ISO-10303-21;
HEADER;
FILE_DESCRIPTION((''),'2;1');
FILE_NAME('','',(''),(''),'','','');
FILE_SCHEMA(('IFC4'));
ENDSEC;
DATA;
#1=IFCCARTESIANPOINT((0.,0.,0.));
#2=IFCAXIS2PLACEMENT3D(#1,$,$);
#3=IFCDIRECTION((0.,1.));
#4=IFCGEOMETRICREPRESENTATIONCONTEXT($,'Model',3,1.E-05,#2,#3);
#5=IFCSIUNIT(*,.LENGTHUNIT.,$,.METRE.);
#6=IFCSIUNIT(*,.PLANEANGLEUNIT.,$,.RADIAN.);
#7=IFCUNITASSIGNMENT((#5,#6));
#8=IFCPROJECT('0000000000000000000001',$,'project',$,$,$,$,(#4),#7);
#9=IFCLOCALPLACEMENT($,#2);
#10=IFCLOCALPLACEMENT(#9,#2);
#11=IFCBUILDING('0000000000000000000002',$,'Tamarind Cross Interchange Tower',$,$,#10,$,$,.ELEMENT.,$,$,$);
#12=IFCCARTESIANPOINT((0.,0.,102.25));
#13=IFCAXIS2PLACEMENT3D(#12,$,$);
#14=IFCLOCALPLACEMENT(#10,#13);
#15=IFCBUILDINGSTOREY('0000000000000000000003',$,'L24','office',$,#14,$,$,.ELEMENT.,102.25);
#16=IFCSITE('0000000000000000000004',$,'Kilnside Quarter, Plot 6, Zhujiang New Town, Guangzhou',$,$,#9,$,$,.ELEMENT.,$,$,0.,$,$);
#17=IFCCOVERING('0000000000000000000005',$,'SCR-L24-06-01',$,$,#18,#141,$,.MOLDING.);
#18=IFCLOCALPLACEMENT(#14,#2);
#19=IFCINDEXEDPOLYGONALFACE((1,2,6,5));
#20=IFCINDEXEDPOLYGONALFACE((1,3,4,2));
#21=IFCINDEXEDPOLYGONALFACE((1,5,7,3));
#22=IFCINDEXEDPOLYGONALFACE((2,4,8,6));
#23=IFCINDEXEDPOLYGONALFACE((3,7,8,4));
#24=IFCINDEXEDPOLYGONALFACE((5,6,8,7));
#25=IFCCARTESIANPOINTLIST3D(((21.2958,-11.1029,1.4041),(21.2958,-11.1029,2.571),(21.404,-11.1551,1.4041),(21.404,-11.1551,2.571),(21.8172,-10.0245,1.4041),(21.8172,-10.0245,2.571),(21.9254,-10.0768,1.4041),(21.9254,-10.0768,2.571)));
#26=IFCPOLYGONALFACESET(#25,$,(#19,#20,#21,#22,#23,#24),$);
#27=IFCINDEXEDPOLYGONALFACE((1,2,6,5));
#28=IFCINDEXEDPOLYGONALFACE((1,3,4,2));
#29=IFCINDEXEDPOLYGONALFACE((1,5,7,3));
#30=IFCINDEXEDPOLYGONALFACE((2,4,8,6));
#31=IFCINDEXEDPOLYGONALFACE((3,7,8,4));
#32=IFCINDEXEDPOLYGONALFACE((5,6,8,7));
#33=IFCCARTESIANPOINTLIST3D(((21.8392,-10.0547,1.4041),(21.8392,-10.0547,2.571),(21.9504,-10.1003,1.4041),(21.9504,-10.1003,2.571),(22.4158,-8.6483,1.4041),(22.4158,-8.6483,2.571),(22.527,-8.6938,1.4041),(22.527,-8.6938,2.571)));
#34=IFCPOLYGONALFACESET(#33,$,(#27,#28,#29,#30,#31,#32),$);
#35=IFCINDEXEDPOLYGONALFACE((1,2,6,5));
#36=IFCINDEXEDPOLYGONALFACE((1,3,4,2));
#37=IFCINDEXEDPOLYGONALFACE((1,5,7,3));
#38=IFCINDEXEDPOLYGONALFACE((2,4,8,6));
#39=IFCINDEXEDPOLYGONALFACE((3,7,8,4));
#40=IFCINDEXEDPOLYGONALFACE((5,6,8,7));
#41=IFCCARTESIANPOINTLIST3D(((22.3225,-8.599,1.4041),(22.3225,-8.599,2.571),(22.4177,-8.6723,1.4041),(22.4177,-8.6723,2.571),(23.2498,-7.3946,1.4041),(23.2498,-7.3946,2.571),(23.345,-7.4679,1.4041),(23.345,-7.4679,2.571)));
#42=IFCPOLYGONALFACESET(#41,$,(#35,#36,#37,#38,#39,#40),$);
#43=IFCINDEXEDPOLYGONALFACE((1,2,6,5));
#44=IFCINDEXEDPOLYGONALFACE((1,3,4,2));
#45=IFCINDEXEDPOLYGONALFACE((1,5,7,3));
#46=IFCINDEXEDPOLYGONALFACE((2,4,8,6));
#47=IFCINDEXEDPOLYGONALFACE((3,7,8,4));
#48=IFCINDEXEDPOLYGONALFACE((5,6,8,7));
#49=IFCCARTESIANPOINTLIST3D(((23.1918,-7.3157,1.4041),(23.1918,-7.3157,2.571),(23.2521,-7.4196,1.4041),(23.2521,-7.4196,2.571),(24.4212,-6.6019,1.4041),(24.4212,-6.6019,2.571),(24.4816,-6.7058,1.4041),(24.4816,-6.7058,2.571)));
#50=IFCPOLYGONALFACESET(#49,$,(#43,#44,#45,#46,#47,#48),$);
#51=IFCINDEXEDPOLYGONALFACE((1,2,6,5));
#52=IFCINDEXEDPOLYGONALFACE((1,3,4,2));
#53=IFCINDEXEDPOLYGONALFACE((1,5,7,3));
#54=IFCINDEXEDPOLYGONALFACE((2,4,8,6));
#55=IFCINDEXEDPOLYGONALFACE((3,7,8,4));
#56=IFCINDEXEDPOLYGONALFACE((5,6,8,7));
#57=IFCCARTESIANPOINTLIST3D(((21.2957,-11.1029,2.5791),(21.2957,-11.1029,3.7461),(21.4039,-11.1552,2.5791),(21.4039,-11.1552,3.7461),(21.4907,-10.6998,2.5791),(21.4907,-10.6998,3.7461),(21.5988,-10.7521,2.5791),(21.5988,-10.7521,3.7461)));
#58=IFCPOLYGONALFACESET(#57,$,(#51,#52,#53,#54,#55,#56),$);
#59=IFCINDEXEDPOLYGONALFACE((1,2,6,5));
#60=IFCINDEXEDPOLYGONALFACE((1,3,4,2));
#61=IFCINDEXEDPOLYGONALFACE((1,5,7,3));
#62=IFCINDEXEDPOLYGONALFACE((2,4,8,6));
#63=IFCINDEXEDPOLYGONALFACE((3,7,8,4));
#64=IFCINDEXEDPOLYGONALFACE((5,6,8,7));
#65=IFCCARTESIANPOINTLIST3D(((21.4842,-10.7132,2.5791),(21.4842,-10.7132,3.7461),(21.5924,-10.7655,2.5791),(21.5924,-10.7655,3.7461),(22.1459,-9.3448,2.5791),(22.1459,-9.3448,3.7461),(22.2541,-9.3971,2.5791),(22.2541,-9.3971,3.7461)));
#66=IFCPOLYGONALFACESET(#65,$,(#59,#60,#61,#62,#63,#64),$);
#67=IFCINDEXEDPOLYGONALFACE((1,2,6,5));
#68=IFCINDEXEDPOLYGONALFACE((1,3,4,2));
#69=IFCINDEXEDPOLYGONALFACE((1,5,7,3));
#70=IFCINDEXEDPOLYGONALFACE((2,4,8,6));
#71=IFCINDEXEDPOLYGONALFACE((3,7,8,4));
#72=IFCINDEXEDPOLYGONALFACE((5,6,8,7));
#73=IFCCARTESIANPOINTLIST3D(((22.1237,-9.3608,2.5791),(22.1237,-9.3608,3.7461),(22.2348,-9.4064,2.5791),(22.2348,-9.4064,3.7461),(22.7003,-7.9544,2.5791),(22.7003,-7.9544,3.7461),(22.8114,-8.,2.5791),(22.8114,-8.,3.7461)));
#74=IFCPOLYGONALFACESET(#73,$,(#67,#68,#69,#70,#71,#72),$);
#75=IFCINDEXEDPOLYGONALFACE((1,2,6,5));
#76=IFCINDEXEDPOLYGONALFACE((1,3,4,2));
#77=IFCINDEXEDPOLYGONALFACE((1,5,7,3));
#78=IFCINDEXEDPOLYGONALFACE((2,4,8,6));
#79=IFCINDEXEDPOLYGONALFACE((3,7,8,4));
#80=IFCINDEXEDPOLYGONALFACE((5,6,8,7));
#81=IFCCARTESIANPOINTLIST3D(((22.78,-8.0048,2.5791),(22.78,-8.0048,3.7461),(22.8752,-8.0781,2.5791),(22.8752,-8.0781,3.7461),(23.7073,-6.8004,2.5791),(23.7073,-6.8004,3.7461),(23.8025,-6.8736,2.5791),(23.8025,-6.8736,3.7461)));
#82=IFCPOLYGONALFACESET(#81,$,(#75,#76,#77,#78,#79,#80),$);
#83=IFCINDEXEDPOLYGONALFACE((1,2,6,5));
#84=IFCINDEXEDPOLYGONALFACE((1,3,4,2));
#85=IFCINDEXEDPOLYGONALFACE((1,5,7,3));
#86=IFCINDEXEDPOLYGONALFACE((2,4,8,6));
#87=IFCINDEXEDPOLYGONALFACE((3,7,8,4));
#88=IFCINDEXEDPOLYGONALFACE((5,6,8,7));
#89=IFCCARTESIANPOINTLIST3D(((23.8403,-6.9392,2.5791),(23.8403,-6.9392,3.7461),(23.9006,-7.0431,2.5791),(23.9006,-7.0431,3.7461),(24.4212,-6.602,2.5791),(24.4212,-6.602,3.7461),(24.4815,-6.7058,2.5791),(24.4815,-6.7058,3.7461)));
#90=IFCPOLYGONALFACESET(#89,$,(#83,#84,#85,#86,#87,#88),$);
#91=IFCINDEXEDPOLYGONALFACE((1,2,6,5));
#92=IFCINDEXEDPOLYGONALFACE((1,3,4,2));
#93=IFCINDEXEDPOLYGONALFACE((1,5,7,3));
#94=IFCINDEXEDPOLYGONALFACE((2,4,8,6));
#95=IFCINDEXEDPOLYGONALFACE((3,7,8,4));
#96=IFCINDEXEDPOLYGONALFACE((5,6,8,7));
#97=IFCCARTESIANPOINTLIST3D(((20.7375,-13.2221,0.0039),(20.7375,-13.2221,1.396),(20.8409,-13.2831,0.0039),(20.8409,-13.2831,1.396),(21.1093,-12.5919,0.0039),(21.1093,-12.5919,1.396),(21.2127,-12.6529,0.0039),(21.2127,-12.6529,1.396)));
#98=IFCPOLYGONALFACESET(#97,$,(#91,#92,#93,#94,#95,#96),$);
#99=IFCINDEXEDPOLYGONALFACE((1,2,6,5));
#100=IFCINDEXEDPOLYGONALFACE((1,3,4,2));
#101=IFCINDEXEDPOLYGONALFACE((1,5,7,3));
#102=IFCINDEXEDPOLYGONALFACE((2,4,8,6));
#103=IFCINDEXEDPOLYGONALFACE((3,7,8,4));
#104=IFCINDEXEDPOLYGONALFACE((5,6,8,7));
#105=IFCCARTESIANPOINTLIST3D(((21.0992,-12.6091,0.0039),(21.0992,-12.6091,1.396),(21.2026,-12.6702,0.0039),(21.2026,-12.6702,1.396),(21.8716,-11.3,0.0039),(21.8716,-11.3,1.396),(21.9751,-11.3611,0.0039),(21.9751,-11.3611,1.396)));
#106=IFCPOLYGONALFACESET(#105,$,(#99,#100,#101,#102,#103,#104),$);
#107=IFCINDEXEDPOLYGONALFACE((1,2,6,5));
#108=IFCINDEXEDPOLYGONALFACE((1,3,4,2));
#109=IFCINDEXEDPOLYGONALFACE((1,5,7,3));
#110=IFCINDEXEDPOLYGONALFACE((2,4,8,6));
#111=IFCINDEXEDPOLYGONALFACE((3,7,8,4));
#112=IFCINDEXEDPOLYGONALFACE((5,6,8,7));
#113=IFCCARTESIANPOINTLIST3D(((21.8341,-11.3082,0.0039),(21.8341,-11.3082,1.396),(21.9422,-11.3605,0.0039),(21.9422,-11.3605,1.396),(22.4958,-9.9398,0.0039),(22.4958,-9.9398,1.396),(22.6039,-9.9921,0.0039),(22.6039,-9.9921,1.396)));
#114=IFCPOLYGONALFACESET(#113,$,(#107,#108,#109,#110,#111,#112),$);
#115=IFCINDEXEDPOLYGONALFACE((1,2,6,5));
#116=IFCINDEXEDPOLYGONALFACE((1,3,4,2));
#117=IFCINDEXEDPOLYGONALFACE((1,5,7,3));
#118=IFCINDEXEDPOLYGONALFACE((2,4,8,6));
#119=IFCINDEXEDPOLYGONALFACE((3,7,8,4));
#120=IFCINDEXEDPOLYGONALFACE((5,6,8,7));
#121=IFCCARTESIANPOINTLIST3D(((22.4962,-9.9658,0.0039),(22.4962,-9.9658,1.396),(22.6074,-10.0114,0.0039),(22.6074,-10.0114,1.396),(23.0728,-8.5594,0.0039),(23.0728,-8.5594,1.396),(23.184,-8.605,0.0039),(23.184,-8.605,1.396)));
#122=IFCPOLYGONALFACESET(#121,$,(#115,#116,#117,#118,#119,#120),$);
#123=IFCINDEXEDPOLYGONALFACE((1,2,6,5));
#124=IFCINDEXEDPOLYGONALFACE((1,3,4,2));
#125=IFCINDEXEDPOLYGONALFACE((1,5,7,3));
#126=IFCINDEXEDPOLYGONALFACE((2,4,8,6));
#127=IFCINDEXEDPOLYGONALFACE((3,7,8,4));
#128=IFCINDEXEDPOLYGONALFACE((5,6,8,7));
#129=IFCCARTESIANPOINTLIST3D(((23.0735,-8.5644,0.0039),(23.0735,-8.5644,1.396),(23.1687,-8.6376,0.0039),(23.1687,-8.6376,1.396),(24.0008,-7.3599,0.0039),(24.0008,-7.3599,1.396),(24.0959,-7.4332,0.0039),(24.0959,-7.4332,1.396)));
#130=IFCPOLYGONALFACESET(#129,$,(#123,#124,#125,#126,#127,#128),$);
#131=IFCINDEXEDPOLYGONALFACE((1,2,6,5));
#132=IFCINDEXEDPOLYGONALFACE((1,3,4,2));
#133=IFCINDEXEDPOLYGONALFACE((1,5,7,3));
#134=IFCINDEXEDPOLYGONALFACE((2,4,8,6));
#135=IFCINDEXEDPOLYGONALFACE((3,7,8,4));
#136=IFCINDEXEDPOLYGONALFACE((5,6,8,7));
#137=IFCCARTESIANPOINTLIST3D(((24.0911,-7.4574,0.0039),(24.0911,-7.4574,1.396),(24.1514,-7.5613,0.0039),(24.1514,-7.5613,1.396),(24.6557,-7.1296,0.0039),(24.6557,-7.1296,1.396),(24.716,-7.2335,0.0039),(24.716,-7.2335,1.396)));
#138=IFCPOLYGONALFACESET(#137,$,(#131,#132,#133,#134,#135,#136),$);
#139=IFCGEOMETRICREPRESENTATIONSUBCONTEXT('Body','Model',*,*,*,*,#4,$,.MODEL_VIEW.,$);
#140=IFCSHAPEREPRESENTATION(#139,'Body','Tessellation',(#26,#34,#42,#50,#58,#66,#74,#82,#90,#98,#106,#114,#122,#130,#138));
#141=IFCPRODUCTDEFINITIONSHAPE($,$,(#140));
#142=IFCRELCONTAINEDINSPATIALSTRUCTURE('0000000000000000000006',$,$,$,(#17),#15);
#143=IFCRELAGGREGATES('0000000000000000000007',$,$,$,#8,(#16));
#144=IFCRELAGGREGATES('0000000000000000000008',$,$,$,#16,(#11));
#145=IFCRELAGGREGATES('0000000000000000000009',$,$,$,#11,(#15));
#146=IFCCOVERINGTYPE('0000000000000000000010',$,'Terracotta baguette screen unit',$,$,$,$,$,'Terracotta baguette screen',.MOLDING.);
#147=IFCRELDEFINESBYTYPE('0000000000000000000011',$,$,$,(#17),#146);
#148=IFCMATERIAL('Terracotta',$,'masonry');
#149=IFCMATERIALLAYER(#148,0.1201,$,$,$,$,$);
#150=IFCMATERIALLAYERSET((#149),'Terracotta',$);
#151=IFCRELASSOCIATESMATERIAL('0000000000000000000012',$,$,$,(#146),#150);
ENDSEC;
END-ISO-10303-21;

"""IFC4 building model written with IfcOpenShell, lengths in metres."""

from ifc_helpers import new_model, si_unit, direction, frame, origin, origin_2d, place, context, subcontext, project, spatial, rectangle, extrude, material, layer, layer_set, type_object, element, save


model = new_model("IFC4")

# Units and contexts
model_context = context("Model", 3, precision=1e-05, world=origin(), true_north=direction((0.0, 1.0)))
body_context = subcontext(model_context, "Body", "Model", "MODEL_VIEW")
ifc_project = project(units=[si_unit("LENGTHUNIT", "METRE"), si_unit("PLANEANGLEUNIT", "RADIAN")], contexts=[model_context])

# Site, building, storey
site_placement = place(None, origin())
site = spatial("IfcSite", under=ifc_project, at=site_placement, Name="Kilnside Quarter, Plot 6, Zhujiang New Town, Guangzhou", CompositionType="ELEMENT", RefElevation=0.0)
building_placement = place(site_placement, origin())
building = spatial("IfcBuilding", under=site, at=building_placement, Name="Tamarind Cross Interchange Tower", CompositionType="ELEMENT")
storey_placement = place(building_placement, frame((0.0, 0.0, 102.25)))
storey = spatial("IfcBuildingStorey", under=building, at=storey_placement, Name="L24", Description="office", CompositionType="ELEMENT", Elevation=102.25)

# Covering
ifc_material_1 = material(Name="Terracotta", Category="masonry")
ifc_layer_1 = layer(ifc_material_1, 0.1201)
ifc_layer_set_1 = layer_set([ifc_layer_1], Name="Terracotta")
covering_type = type_object("IfcCoveringType", Name="Terracotta baguette screen unit", ElementType="Terracotta baguette screen", PredefinedType="MOLDING", material=ifc_layer_set_1)
covering_1_placement = place(storey_placement, origin())
element("IfcCovering", 1, at=covering_1_placement, inside=storey, type_object=covering_type, Name="SCR-L24-06-01", PredefinedType="MOLDING", context=body_context, shape_type="SweptSolid", body=[
    extrude(rectangle(XDim=1.1978, YDim=0.1201, at=origin_2d()), frame((21.6106, -10.5898, 1.4041), z_axis=(0.0, 0.0, 1.0), x_axis=(0.435326, 0.900273, 0.0)), (0.0, 0.0, 1.0), 1.167),
    extrude(rectangle(XDim=1.52, YDim=0.1201, at=origin_2d()), frame((22.1831, -9.3743, 1.4041), z_axis=(0.0, 0.0, 1.0), x_axis=(0.379339, 0.925258, 0.0)), (0.0, 0.0, 1.0), 1.167),
    extrude(rectangle(XDim=1.52, YDim=0.1201, at=origin_2d()), frame((22.8337, -8.0334, 1.4041), z_axis=(0.0, 0.0, 1.0), x_axis=(0.61003, 0.792378, 0.0)), (0.0, 0.0, 1.0), 1.167),
    extrude(rectangle(XDim=1.4216, YDim=0.1201, at=origin_2d()), frame((23.8367, -7.0107, 1.4041), z_axis=(0.0, 0.0, 1.0), x_axis=(0.864825, 0.502074, 0.0)), (0.0, 0.0, 1.0), 1.167),
    extrude(rectangle(XDim=0.4478, YDim=0.1201, at=origin_2d()), frame((21.4473, -10.9275, 2.5791), z_axis=(0.0, 0.0, 1.0), x_axis=(0.435326, 0.900273, 0.0)), (0.0, 0.0, 1.0), 1.167),
    extrude(rectangle(XDim=1.52, YDim=0.1201, at=origin_2d()), frame((21.8691, -10.0552, 2.5791), z_axis=(0.0, 0.0, 1.0), x_axis=(0.435326, 0.900273, 0.0)), (0.0, 0.0, 1.0), 1.167),
    extrude(rectangle(XDim=1.52, YDim=0.1201, at=origin_2d()), frame((22.4675, -8.6804, 2.5791), z_axis=(0.0, 0.0, 1.0), x_axis=(0.379339, 0.925258, 0.0)), (0.0, 0.0, 1.0), 1.167),
    extrude(rectangle(XDim=1.52, YDim=0.1201, at=origin_2d()), frame((23.2913, -7.4392, 2.5791), z_axis=(0.0, 0.0, 1.0), x_axis=(0.61003, 0.792378, 0.0)), (0.0, 0.0, 1.0), 1.167),
    extrude(rectangle(XDim=0.6716, YDim=0.1201, at=origin_2d()), frame((24.1609, -6.8225, 2.5791), z_axis=(0.0, 0.0, 1.0), x_axis=(0.864825, 0.502074, 0.0)), (0.0, 0.0, 1.0), 1.167),
    extrude(rectangle(XDim=0.7317, YDim=0.1201, at=origin_2d()), frame((20.9751, -12.9375, 0.0039), z_axis=(0.0, 0.0, 1.0), x_axis=(0.508183, 0.861249, 0.0)), (0.0, 0.0, 1.0), 1.3921),
    extrude(rectangle(XDim=1.52, YDim=0.1201, at=origin_2d()), frame((21.5371, -11.9851, 0.0039), z_axis=(0.0, 0.0, 1.0), x_axis=(0.508183, 0.861249, 0.0)), (0.0, 0.0, 1.0), 1.3921),
    extrude(rectangle(XDim=1.52, YDim=0.1201, at=origin_2d()), frame((22.219, -10.6501, 0.0039), z_axis=(0.0, 0.0, 1.0), x_axis=(0.435326, 0.900273, 0.0)), (0.0, 0.0, 1.0), 1.3921),
    extrude(rectangle(XDim=1.52, YDim=0.1201, at=origin_2d()), frame((22.8401, -9.2854, 0.0039), z_axis=(0.0, 0.0, 1.0), x_axis=(0.379339, 0.925258, 0.0)), (0.0, 0.0, 1.0), 1.3921),
    extrude(rectangle(XDim=1.52, YDim=0.1201, at=origin_2d()), frame((23.5847, -7.9988, 0.0039), z_axis=(0.0, 0.0, 1.0), x_axis=(0.61003, 0.792378, 0.0)), (0.0, 0.0, 1.0), 1.3921),
    extrude(rectangle(XDim=0.6528, YDim=0.1201, at=origin_2d()), frame((24.4036, -7.3455, 0.0039), z_axis=(0.0, 0.0, 1.0), x_axis=(0.864825, 0.502074, 0.0)), (0.0, 0.0, 1.0), 1.3921),
])

save(model, "model.ifc")
